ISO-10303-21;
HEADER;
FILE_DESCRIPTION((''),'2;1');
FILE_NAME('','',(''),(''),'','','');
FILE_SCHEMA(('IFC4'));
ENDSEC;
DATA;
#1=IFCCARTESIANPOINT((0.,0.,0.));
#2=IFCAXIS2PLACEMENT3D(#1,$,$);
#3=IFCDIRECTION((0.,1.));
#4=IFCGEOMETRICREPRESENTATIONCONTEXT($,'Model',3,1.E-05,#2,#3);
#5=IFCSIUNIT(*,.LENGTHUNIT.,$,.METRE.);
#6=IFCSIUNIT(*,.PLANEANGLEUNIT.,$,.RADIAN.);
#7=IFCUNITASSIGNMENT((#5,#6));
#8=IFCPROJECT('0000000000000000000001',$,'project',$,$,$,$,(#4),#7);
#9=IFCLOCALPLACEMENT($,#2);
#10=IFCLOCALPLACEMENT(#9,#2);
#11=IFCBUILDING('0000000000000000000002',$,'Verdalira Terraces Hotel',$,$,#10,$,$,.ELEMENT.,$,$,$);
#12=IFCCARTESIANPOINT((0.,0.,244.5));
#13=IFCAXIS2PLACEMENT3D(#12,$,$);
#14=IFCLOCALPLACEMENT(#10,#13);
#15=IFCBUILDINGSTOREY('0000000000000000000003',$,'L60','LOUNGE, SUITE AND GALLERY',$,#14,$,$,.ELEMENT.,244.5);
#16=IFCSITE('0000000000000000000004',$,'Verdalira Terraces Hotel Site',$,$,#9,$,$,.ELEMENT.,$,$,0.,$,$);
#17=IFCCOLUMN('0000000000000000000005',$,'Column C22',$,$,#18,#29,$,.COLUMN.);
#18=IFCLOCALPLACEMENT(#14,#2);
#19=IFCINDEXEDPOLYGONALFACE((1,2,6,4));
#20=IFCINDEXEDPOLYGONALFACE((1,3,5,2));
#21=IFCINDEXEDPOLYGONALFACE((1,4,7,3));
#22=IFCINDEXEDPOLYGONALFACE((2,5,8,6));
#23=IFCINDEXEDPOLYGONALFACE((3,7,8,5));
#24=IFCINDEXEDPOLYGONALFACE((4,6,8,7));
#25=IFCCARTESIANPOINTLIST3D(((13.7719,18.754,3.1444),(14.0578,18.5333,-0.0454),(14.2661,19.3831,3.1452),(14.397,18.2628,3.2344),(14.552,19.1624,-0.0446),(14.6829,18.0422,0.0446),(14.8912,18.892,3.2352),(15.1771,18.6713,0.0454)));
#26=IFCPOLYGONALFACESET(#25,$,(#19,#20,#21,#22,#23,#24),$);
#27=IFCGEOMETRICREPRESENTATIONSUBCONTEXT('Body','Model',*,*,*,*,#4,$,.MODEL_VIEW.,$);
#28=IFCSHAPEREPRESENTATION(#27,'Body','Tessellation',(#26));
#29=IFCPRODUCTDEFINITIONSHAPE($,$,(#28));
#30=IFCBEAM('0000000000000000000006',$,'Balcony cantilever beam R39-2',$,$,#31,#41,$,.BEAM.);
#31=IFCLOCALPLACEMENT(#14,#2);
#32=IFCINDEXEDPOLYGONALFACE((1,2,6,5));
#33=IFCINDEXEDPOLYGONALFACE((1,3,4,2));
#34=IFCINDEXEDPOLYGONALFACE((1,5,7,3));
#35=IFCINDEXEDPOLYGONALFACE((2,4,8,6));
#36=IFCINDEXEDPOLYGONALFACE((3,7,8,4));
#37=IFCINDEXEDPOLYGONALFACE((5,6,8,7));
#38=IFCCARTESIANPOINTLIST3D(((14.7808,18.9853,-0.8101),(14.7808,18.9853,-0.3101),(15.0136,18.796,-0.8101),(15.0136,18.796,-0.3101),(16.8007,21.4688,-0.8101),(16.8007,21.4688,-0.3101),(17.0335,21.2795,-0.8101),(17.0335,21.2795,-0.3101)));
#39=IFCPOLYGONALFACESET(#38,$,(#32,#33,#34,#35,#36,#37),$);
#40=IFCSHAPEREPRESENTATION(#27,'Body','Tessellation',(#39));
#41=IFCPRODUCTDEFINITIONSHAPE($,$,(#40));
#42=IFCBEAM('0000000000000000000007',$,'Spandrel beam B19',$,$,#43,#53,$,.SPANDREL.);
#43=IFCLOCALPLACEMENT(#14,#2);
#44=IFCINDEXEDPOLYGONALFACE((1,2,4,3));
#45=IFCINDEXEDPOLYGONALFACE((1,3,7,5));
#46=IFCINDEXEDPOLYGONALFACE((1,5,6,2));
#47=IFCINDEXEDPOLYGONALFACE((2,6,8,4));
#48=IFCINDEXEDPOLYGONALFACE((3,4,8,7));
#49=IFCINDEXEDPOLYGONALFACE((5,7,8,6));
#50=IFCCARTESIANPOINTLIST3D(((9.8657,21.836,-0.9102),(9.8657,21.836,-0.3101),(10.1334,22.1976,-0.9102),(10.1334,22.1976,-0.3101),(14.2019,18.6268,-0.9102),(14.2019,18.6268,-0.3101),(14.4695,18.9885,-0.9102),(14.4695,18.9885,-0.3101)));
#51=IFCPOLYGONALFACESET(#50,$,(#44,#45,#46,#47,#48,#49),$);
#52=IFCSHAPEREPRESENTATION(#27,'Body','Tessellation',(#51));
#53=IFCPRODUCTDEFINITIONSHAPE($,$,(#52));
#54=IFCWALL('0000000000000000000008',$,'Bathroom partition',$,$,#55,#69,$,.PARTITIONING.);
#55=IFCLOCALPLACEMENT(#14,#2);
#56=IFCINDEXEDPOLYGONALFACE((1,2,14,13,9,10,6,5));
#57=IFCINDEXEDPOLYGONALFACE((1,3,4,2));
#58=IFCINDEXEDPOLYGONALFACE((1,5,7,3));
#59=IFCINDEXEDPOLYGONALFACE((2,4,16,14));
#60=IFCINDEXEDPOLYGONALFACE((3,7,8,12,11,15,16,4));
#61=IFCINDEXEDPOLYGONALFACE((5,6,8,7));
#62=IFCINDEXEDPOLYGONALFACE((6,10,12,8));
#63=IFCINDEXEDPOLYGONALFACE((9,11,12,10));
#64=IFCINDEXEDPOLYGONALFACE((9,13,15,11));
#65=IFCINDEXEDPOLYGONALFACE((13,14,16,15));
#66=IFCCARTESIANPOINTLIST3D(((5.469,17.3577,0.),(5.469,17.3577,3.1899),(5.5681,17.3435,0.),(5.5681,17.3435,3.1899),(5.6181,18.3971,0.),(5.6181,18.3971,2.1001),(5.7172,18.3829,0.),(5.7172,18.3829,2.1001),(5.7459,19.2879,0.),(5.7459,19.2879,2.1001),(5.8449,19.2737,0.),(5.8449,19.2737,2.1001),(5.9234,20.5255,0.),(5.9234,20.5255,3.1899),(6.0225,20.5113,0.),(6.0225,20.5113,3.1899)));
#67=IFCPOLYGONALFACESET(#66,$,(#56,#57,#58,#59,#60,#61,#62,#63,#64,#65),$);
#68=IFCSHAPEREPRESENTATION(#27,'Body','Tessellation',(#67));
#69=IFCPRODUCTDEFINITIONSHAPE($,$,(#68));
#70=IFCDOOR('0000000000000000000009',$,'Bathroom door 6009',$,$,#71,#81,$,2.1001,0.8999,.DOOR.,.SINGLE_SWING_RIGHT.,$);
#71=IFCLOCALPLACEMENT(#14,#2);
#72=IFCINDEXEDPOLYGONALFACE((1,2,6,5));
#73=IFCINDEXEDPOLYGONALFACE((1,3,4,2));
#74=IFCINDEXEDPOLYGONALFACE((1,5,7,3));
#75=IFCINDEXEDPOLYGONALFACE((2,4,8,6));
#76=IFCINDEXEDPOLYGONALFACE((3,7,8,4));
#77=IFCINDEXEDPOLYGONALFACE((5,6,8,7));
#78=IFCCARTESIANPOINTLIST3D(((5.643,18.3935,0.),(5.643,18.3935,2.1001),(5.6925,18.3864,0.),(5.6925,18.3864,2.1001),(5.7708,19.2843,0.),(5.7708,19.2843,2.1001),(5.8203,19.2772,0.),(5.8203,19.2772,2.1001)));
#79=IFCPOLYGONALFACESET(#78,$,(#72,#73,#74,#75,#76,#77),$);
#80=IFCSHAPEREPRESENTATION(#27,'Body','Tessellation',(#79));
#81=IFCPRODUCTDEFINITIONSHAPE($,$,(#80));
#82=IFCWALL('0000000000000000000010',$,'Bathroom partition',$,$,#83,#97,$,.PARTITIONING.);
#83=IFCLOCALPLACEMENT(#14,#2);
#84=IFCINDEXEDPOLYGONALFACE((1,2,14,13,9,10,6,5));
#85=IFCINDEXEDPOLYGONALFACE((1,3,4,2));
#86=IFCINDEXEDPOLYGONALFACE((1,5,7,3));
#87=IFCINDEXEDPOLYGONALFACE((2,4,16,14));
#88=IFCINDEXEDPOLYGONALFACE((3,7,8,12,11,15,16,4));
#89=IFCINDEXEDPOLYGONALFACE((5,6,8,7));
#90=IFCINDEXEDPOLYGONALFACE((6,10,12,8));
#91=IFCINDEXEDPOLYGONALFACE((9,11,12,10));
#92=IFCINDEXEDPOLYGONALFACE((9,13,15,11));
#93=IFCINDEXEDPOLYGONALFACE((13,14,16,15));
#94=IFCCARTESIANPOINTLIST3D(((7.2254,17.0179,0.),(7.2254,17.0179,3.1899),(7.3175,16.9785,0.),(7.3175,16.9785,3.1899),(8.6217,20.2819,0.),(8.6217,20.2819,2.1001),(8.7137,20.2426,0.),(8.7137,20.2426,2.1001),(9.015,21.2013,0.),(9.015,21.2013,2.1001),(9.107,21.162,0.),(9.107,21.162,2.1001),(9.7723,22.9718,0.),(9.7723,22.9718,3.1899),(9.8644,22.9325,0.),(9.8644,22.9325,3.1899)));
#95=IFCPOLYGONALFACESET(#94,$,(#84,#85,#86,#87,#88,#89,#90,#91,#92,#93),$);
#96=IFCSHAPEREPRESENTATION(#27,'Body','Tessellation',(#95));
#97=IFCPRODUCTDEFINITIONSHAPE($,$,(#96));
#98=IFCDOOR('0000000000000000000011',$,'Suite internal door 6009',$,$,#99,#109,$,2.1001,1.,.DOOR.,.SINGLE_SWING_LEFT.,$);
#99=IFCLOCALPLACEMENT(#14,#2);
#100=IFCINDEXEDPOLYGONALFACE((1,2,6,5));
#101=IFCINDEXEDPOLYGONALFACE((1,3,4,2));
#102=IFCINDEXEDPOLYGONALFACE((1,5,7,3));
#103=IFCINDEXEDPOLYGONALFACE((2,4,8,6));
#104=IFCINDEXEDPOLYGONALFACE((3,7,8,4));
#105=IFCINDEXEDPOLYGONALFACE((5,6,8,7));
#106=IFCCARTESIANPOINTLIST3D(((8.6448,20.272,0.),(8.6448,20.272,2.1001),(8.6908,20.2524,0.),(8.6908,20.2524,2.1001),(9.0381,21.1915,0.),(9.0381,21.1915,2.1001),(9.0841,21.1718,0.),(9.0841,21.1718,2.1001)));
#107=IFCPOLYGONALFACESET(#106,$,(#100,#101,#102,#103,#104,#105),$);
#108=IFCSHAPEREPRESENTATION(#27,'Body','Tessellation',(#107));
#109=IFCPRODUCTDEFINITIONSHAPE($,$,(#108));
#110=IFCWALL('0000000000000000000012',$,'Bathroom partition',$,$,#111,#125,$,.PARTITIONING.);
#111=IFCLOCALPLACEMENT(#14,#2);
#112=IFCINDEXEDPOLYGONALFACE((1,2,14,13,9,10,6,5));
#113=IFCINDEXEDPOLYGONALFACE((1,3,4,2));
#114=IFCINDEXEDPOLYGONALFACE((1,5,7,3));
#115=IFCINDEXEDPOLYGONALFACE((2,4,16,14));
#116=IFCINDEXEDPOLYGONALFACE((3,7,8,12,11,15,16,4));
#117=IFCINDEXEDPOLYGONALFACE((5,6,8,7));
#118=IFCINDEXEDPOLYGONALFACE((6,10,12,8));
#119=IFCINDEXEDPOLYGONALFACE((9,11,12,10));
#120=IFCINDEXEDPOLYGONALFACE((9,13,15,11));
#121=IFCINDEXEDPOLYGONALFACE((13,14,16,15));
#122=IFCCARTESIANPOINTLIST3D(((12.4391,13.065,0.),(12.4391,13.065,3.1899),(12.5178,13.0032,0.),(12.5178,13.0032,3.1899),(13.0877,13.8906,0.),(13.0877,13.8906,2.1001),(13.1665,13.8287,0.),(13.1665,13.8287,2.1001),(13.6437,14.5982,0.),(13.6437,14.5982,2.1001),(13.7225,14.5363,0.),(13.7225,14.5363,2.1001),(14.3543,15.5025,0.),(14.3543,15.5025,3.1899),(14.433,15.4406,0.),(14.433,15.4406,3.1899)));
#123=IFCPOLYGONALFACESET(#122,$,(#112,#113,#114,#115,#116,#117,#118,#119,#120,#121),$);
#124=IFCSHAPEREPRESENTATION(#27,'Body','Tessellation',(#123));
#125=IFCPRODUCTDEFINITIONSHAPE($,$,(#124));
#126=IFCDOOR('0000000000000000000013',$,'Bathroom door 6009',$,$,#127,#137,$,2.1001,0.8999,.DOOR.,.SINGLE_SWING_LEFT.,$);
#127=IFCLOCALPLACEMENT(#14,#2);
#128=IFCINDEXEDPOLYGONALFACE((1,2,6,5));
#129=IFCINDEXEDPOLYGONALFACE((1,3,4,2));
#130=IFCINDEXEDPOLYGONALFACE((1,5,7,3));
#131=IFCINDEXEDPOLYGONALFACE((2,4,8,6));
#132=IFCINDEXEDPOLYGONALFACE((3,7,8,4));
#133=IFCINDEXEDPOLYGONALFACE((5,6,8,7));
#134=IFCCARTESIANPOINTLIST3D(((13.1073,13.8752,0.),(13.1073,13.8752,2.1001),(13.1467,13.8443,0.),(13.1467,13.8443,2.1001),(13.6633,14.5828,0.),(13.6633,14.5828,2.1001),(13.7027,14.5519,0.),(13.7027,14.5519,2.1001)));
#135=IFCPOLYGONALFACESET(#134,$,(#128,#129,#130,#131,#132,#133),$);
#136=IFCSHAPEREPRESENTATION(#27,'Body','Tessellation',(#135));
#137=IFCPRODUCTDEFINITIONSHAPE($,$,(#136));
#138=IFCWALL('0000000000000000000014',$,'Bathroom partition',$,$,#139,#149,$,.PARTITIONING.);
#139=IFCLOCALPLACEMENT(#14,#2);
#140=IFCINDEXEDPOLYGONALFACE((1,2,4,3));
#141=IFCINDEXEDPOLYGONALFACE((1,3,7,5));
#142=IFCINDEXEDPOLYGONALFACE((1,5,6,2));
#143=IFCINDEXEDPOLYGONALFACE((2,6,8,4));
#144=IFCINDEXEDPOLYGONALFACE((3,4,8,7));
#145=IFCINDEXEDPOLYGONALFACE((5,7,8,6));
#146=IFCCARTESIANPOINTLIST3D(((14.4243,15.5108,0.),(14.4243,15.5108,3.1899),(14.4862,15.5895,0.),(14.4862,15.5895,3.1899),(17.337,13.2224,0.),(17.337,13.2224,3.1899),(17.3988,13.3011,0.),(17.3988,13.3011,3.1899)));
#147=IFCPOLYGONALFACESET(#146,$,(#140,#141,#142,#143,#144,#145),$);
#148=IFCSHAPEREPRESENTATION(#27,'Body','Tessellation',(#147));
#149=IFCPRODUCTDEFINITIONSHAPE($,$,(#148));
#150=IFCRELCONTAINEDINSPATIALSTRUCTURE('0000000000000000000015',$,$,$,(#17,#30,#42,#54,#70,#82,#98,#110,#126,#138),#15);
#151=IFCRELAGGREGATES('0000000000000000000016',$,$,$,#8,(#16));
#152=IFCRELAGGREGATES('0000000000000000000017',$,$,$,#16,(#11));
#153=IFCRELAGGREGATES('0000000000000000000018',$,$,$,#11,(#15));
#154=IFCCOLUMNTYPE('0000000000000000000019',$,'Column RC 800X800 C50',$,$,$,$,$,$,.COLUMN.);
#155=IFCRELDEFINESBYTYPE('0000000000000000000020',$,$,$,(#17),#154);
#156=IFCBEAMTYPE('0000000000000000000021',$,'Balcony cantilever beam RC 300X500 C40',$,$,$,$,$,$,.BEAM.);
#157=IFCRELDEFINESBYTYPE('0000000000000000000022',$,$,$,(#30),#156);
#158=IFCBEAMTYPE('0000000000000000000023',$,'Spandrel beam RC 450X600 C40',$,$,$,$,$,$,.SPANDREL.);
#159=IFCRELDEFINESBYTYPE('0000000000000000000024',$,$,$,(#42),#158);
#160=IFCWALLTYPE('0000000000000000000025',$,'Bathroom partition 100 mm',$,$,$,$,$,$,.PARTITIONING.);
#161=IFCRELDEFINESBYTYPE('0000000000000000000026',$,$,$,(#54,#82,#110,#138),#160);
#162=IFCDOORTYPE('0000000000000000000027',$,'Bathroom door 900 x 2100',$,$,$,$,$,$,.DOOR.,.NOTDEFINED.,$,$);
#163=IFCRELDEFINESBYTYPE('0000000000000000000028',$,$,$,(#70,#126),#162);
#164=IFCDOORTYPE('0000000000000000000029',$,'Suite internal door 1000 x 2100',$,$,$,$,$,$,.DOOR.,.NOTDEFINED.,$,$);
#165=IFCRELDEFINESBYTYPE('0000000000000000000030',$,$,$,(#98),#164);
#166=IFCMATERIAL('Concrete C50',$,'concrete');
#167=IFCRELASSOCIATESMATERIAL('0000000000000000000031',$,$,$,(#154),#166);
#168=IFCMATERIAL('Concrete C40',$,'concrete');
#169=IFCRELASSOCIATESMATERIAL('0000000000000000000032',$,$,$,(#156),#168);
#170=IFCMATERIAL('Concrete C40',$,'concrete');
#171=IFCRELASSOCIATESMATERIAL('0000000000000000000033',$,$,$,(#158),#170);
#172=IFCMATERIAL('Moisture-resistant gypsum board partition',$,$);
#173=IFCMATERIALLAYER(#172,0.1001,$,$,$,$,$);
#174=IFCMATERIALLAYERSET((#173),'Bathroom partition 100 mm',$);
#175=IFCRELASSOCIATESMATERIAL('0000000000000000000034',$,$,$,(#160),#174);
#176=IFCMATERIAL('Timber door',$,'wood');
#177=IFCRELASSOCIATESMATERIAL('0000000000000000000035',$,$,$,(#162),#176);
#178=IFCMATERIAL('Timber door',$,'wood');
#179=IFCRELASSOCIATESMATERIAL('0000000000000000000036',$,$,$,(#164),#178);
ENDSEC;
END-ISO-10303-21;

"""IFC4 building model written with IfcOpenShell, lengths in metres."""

from ifc_helpers import new_model, si_unit, direction, frame, frame_2d, origin, origin_2d, place, context, subcontext, project, spatial, rectangle, extrude, material, layer, layer_set, material_profile, profile_set, type_object, element, fill, save


model = new_model("IFC4")

# Units and contexts
model_context = context("Model", 3, precision=1e-05, world=origin(), true_north=direction((0.0, 1.0)))
body_context = subcontext(model_context, "Body", "Model", "MODEL_VIEW")
ifc_project = project(units=[si_unit("LENGTHUNIT", "METRE"), si_unit("PLANEANGLEUNIT", "RADIAN")], contexts=[model_context])

# Site, building, storey
site_placement = place(None, origin())
site = spatial("IfcSite", under=ifc_project, at=site_placement, Name="Verdalira Terraces Hotel Site", CompositionType="ELEMENT", RefElevation=0.0)
building_placement = place(site_placement, origin())
building = spatial("IfcBuilding", under=site, at=building_placement, Name="Verdalira Terraces Hotel", CompositionType="ELEMENT")
storey_placement = place(building_placement, frame((0.0, 0.0, 244.5)))
storey = spatial("IfcBuildingStorey", under=building, at=storey_placement, Name="L60", Description="LOUNGE, SUITE AND GALLERY", CompositionType="ELEMENT", Elevation=244.5)

# Column
ifc_material_1 = material(Name="Concrete C50", Category="concrete")
ifc_material_profile_1 = material_profile(ifc_material_1, rectangle(XDim=0.8, YDim=0.8, at=origin_2d()), Name="RC 800X800")
ifc_profile_set_1 = profile_set([ifc_material_profile_1], Name="Concrete C50")
column_type = type_object("IfcColumnType", Name="Column RC 800X800 C50", PredefinedType="COLUMN", material=ifc_profile_set_1)
column_placement = place(storey_placement, frame((14.6174, 18.6023, 0.0), z_axis=(-0.089053, 0.068748, 0.993651), x_axis=(-0.781362, 0.613855, -0.112498)))
element("IfcColumn", 1, at=column_placement, inside=storey, type_object=column_type, Name="Column C22", PredefinedType="COLUMN", context=body_context, shape_type="SweptSolid", body=[
    extrude(rectangle(XDim=0.8, YDim=0.8, at=origin_2d()), origin(), (0.0, 0.0, 1.0), 3.2102),
])

# Beams
ifc_material_2 = material(Name="Concrete C40", Category="concrete")
ifc_material_profile_2 = material_profile(ifc_material_2, rectangle(XDim=0.3, YDim=0.5, at=origin_2d()), Name="RC 300X500")
ifc_profile_set_2 = profile_set([ifc_material_profile_2], Name="Concrete C40")
beam_type_1 = type_object("IfcBeamType", Name="Balcony cantilever beam RC 300X500 C40", PredefinedType="BEAM", material=ifc_profile_set_2)
beam_1_placement = place(storey_placement, frame((14.8972, 18.8906, -0.5601), z_axis=(0.630972, 0.775806, 0.0), x_axis=(-0.775806, 0.630972, 0.0)))
element("IfcBeam", 2, at=beam_1_placement, inside=storey, type_object=beam_type_1, Name="Balcony cantilever beam R39-2", PredefinedType="BEAM", context=body_context, shape_type="SweptSolid", body=[
    extrude(rectangle(XDim=0.3, YDim=0.5, at=origin_2d()), origin(), (0.0, 0.0, 1.0), 3.2012),
])
ifc_material_3 = material(Name="Concrete C40", Category="concrete")
ifc_material_profile_3 = material_profile(ifc_material_3, rectangle(XDim=0.45, YDim=0.6001, at=origin_2d()), Name="RC 450X600")
ifc_profile_set_3 = profile_set([ifc_material_profile_3], Name="Concrete C40")
beam_type_2 = type_object("IfcBeamType", Name="Spandrel beam RC 450X600 C40", PredefinedType="SPANDREL", material=ifc_profile_set_3)
beam_2_placement = place(storey_placement, frame((14.3357, 18.8076, -0.6101), z_axis=(-0.803802, 0.594897, 0.0), x_axis=(-0.594897, -0.803802, 0.0)))
element("IfcBeam", 3, at=beam_2_placement, inside=storey, type_object=beam_type_2, Name="Spandrel beam B19", PredefinedType="SPANDREL", context=body_context, shape_type="SweptSolid", body=[
    extrude(rectangle(XDim=0.45, YDim=0.6001, at=origin_2d()), origin(), (0.0, 0.0, 1.0), 5.3945),
])

# Walls, openings, doors
ifc_material_4 = material(Name="Moisture-resistant gypsum board partition")
ifc_layer_1 = layer(ifc_material_4, 0.1001)
ifc_layer_set_1 = layer_set([ifc_layer_1], Name="Bathroom partition 100 mm")
wall_type_1 = type_object("IfcWallType", Name="Bathroom partition 100 mm", PredefinedType="PARTITIONING", material=ifc_layer_set_1)
wall_1_placement = place(storey_placement, frame((5.5186, 17.3506, 0.0), z_axis=(0.0, 0.0, 1.0), x_axis=(0.141977, 0.98987, 0.0)))
wall_1 = element("IfcWall", 4, at=wall_1_placement, inside=storey, type_object=wall_type_1, Name="Bathroom partition", PredefinedType="PARTITIONING", context=body_context, shape_type="SweptSolid", body=[
    extrude(rectangle(XDim=3.2002, YDim=0.1001, at=frame_2d((1.6001, 0.0))), origin(), (0.0, 0.0, 1.0), 3.1899),
])
opening_1_placement = place(wall_1_placement, frame((1.05, 0.0, 0.0)))
opening_1 = element("IfcOpeningElement", 5, at=opening_1_placement, cuts=wall_1, PredefinedType="OPENING", context=body_context, shape_type="SweptSolid", body=[
    extrude(rectangle(XDim=0.8999, YDim=2.1001, at=frame_2d((0.45, 1.05))), frame((0.0, 0.0601, 0.0), z_axis=(0.0, -1.0, 0.0), x_axis=(1.0, 0.0, 0.0)), (0.0, 0.0, 1.0), 0.1201),
])
ifc_material_5 = material(Name="Timber door", Category="wood")
door_type_1 = type_object("IfcDoorType", Name="Bathroom door 900 x 2100", OperationType="NOTDEFINED", PredefinedType="DOOR", material=ifc_material_5)
door_1_placement = place(opening_1_placement, origin())
door_1 = element("IfcDoor", 6, at=door_1_placement, inside=storey, type_object=door_type_1, Name="Bathroom door 6009", OperationType="SINGLE_SWING_RIGHT", OverallHeight=2.1001, OverallWidth=0.8999, PredefinedType="DOOR", context=body_context, shape_type="SweptSolid", body=[
    extrude(rectangle(XDim=0.8999, YDim=2.1001, at=frame_2d((0.45, 1.05))), frame((0.0, 0.0249, 0.0), z_axis=(0.0, -1.0, 0.0), x_axis=(1.0, 0.0, 0.0)), (0.0, 0.0, 1.0), 0.05),
])
fill(opening_1, door_1)
wall_2_placement = place(storey_placement, frame((7.2715, 16.9983, 0.0), z_axis=(0.0, 0.0, 1.0), x_axis=(0.393296, 0.919412, 0.0)))
wall_2 = element("IfcWall", 7, at=wall_2_placement, inside=storey, type_object=wall_type_1, Name="Bathroom partition", PredefinedType="PARTITIONING", context=body_context, shape_type="SweptSolid", body=[
    extrude(rectangle(XDim=6.4758, YDim=0.1001, at=frame_2d((3.2378, 0.0))), origin(), (0.0, 0.0, 1.0), 3.1899),
])
opening_2_placement = place(wall_2_placement, frame((3.55, 0.0, 0.0)))
opening_2 = element("IfcOpeningElement", 8, at=opening_2_placement, cuts=wall_2, PredefinedType="OPENING", context=body_context, shape_type="SweptSolid", body=[
    extrude(rectangle(XDim=1.0, YDim=2.1001, at=frame_2d((0.5, 1.05))), frame((0.0, 0.0601, 0.0), z_axis=(0.0, -1.0, 0.0), x_axis=(1.0, 0.0, 0.0)), (0.0, 0.0, 1.0), 0.1201),
])
ifc_material_6 = material(Name="Timber door", Category="wood")
door_type_2 = type_object("IfcDoorType", Name="Suite internal door 1000 x 2100", OperationType="NOTDEFINED", PredefinedType="DOOR", material=ifc_material_6)
door_2_placement = place(opening_2_placement, origin())
door_2 = element("IfcDoor", 9, at=door_2_placement, inside=storey, type_object=door_type_2, Name="Suite internal door 6009", OperationType="SINGLE_SWING_LEFT", OverallHeight=2.1001, OverallWidth=1.0, PredefinedType="DOOR", context=body_context, shape_type="SweptSolid", body=[
    extrude(rectangle(XDim=1.0, YDim=2.1001, at=frame_2d((0.5, 1.05))), frame((0.0, 0.0249, 0.0), z_axis=(0.0, -1.0, 0.0), x_axis=(1.0, 0.0, 0.0)), (0.0, 0.0, 1.0), 0.05),
])
fill(opening_2, door_2)
wall_3_placement = place(storey_placement, frame((14.3936, 15.4714, 0.0), z_axis=(0.0, 0.0, 1.0), x_axis=(-0.617842, -0.786302, 0.0)))
wall_3 = element("IfcWall", 10, at=wall_3_placement, inside=storey, type_object=wall_type_1, Name="Bathroom partition", PredefinedType="PARTITIONING", context=body_context, shape_type="SweptSolid", body=[
    extrude(rectangle(XDim=3.0999, YDim=0.1001, at=frame_2d((1.5498, 0.0))), origin(), (0.0, 0.0, 1.0), 3.1899),
])
opening_3_placement = place(wall_3_placement, frame((1.1499, 0.0, 0.0)))
opening_3 = element("IfcOpeningElement", 11, at=opening_3_placement, cuts=wall_3, PredefinedType="OPENING", context=body_context, shape_type="SweptSolid", body=[
    extrude(rectangle(XDim=0.8999, YDim=2.1001, at=frame_2d((0.45, 1.05))), frame((0.0, 0.0601, 0.0), z_axis=(0.0, -1.0, 0.0), x_axis=(1.0, 0.0, 0.0)), (0.0, 0.0, 1.0), 0.1201),
])
door_3_placement = place(opening_3_placement, origin())
door_3 = element("IfcDoor", 12, at=door_3_placement, inside=storey, type_object=door_type_1, Name="Bathroom door 6009", OperationType="SINGLE_SWING_LEFT", OverallHeight=2.1001, OverallWidth=0.8999, PredefinedType="DOOR", context=body_context, shape_type="SweptSolid", body=[
    extrude(rectangle(XDim=0.8999, YDim=2.1001, at=frame_2d((0.45, 1.05))), frame((0.0, 0.0249, 0.0), z_axis=(0.0, -1.0, 0.0), x_axis=(1.0, 0.0, 0.0)), (0.0, 0.0, 1.0), 0.05),
])
fill(opening_3, door_3)

# Wall
wall_4_placement = place(storey_placement, frame((17.3679, 13.2617, 0.0), z_axis=(0.0, 0.0, 1.0), x_axis=(-0.786337, 0.617798, 0.0)))
element("IfcWall", 13, at=wall_4_placement, inside=storey, type_object=wall_type_1, Name="Bathroom partition", PredefinedType="PARTITIONING", context=body_context, shape_type="SweptSolid", body=[
    extrude(rectangle(XDim=3.7041, YDim=0.1001, at=frame_2d((1.8521, 0.0))), origin(), (0.0, 0.0, 1.0), 3.1899),
])

save(model, "model.ifc")
